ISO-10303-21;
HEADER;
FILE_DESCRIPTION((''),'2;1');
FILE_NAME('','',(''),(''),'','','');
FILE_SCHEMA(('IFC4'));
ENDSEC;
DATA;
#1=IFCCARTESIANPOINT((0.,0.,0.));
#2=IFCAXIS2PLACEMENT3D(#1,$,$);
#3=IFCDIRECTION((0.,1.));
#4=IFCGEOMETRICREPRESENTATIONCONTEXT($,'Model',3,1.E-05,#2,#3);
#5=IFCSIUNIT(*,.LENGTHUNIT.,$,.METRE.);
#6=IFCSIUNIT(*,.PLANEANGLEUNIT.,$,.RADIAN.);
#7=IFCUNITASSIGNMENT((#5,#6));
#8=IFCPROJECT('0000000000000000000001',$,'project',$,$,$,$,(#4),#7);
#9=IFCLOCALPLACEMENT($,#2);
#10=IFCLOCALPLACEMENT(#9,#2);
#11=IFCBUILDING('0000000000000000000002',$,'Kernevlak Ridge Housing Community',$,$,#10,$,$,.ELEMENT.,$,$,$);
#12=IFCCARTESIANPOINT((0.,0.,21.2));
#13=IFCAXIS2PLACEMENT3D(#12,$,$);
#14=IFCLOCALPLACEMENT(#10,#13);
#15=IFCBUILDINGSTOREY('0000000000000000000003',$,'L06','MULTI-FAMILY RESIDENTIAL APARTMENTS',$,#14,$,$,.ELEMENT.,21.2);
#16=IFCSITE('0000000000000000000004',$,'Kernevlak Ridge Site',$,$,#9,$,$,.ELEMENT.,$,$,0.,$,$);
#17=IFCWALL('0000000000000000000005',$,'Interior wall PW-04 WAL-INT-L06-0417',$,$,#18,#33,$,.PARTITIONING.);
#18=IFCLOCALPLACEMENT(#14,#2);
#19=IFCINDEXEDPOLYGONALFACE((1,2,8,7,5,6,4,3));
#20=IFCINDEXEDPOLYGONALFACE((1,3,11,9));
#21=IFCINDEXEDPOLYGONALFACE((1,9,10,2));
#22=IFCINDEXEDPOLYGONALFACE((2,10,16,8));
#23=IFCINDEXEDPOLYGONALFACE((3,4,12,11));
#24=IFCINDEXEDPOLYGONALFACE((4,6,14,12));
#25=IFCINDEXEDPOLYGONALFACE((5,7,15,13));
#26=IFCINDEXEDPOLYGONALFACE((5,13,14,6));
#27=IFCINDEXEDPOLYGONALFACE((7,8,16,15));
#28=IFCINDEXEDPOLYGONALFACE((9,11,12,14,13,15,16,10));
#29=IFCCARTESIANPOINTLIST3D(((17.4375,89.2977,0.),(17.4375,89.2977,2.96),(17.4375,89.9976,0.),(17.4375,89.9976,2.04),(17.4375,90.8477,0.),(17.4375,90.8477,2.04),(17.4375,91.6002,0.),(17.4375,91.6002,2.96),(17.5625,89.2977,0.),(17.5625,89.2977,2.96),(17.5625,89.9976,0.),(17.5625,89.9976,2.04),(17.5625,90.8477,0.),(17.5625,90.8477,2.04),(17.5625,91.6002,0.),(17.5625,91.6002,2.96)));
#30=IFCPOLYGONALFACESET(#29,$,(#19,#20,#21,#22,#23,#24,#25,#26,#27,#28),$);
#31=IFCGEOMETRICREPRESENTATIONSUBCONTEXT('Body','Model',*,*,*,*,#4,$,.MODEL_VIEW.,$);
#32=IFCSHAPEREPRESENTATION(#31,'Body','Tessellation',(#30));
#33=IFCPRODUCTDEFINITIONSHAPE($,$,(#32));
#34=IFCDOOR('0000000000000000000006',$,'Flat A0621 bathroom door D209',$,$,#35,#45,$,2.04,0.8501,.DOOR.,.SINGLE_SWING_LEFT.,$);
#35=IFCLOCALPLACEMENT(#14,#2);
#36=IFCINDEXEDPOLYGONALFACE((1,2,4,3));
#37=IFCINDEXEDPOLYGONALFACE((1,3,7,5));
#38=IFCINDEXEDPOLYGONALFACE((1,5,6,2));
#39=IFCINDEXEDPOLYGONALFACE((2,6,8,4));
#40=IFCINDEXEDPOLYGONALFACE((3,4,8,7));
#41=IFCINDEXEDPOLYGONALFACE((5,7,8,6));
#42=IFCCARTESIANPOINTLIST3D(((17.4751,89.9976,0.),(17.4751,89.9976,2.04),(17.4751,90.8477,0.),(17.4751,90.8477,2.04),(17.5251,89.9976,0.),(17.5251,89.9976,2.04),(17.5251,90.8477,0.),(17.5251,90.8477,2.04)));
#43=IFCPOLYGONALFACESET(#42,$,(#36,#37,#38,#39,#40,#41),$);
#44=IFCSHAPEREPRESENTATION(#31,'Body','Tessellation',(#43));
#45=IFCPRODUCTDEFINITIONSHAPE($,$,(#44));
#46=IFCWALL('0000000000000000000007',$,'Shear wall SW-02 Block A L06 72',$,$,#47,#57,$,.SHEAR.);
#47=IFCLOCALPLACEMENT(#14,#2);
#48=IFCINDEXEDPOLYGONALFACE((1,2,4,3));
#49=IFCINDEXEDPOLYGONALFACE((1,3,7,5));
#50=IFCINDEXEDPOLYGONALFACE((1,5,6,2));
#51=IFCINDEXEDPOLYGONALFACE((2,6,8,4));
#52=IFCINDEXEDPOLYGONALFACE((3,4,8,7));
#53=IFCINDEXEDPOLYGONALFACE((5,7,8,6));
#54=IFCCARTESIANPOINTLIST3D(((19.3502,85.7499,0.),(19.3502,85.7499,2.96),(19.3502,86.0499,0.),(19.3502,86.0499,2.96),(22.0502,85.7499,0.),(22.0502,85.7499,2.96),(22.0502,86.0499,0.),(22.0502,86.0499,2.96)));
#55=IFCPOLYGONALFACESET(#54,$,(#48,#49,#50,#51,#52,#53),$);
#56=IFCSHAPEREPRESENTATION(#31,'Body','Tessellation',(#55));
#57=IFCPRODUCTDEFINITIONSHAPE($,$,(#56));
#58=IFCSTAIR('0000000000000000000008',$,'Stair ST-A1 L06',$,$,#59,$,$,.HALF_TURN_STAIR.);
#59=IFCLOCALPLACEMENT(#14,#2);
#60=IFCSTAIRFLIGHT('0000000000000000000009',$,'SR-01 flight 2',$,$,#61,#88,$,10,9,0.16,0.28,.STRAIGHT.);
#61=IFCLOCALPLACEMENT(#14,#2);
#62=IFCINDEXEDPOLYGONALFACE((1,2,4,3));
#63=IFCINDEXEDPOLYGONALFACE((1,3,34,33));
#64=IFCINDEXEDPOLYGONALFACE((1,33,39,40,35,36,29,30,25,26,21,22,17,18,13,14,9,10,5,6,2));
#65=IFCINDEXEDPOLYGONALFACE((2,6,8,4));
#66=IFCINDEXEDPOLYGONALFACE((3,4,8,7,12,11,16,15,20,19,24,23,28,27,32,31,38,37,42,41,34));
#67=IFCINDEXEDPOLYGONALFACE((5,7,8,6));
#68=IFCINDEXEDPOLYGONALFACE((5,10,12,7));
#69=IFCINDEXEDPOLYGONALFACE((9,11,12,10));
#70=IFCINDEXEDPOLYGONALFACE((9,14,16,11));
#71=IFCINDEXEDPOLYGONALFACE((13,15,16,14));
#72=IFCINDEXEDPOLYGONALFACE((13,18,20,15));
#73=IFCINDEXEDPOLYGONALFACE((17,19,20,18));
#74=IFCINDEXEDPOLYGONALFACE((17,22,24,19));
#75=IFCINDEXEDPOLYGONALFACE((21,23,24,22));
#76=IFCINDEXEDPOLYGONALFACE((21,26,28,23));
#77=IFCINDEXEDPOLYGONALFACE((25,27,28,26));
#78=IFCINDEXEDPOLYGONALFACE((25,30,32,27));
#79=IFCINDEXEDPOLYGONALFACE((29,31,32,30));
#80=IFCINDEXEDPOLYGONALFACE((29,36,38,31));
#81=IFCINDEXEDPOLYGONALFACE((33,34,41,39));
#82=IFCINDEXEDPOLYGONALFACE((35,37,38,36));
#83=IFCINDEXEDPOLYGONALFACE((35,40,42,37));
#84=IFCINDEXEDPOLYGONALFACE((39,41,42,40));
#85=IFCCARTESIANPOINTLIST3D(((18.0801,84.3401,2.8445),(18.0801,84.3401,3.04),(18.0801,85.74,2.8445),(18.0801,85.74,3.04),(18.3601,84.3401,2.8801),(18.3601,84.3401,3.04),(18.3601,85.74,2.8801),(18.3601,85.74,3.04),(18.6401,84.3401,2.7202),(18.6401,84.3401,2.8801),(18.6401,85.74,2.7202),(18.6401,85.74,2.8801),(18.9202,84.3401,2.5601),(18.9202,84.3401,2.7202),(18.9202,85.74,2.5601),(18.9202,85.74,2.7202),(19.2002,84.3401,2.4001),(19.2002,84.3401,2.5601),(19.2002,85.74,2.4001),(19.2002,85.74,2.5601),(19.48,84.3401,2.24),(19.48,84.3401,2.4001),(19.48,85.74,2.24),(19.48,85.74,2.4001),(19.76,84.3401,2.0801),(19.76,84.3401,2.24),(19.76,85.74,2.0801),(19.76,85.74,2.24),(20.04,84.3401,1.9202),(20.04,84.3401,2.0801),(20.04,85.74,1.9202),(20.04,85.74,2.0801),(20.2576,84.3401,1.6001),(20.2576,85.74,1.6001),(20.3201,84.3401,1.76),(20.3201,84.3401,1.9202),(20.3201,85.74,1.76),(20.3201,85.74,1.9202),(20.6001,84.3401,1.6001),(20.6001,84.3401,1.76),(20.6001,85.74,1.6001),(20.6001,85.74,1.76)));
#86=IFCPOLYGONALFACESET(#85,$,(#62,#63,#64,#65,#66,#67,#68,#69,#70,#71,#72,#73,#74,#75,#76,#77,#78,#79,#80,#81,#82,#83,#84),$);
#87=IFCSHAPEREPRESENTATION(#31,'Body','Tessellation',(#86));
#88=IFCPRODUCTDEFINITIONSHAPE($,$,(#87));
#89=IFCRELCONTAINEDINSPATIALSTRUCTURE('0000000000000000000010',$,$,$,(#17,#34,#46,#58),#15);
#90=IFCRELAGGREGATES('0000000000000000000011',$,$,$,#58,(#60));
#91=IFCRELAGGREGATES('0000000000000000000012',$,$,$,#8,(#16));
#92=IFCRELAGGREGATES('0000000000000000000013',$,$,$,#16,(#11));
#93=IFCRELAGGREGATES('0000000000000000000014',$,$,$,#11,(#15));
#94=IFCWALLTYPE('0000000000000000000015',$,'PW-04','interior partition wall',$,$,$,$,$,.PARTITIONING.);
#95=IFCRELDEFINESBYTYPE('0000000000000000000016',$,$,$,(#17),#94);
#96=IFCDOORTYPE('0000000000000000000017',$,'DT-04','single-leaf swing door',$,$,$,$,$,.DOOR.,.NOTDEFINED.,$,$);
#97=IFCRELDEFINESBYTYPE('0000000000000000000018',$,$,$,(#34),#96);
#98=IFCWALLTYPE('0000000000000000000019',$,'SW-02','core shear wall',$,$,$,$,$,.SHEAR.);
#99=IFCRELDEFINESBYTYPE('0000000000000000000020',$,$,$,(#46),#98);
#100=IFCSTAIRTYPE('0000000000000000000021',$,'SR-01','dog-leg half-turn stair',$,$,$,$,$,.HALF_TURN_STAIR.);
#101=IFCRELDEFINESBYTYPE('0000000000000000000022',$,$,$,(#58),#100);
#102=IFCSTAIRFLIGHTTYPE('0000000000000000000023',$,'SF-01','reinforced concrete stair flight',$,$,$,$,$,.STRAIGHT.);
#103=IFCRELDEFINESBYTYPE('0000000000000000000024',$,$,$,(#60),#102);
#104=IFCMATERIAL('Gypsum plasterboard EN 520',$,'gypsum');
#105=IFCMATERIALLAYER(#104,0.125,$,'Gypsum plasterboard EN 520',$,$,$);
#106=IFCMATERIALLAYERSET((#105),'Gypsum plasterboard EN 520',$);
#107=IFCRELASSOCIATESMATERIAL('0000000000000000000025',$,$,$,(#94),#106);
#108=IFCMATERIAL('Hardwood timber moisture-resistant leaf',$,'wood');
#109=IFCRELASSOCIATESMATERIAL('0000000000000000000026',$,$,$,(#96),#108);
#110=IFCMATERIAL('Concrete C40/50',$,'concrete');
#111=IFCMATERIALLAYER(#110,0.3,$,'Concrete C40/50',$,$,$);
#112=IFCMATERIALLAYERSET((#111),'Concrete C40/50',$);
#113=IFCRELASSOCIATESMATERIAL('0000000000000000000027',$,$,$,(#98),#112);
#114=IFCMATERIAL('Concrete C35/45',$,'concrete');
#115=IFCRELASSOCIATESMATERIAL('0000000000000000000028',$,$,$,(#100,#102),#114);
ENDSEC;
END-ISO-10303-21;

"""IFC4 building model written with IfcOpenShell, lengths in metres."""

from ifc_helpers import new_model, si_unit, direction, frame, frame_2d, origin, place, context, subcontext, project, spatial, polyline, rectangle, outline, extrude, material, layer, layer_set, type_object, element, fill, aggregate, save


model = new_model("IFC4")

# Units and contexts
model_context = context("Model", 3, precision=1e-05, world=origin(), true_north=direction((0.0, 1.0)))
body_context = subcontext(model_context, "Body", "Model", "MODEL_VIEW")
ifc_project = project(units=[si_unit("LENGTHUNIT", "METRE"), si_unit("PLANEANGLEUNIT", "RADIAN")], contexts=[model_context])

# Site, building, storey
site_placement = place(None, origin())
site = spatial("IfcSite", under=ifc_project, at=site_placement, Name="Kernevlak Ridge Site", CompositionType="ELEMENT", RefElevation=0.0)
building_placement = place(site_placement, origin())
building = spatial("IfcBuilding", under=site, at=building_placement, Name="Kernevlak Ridge Housing Community", CompositionType="ELEMENT")
storey_placement = place(building_placement, frame((0.0, 0.0, 21.2)))
storey = spatial("IfcBuildingStorey", under=building, at=storey_placement, Name="L06", Description="MULTI-FAMILY RESIDENTIAL APARTMENTS", CompositionType="ELEMENT", Elevation=21.2)

# Shared definitions
ifc_material_1 = material(Name="Concrete C40/50", Category="concrete")

# Shared definitions
ifc_material_2 = material(Name="Concrete C35/45", Category="concrete")

# Wall, opening, door
ifc_material_3 = material(Name="Gypsum plasterboard EN 520", Category="gypsum")
ifc_layer_1 = layer(ifc_material_3, 0.125, Name="Gypsum plasterboard EN 520")
ifc_layer_set_1 = layer_set([ifc_layer_1], Name="Gypsum plasterboard EN 520")
wall_type_1 = type_object("IfcWallType", Name="PW-04", Description="interior partition wall", PredefinedType="PARTITIONING", material=ifc_layer_set_1)
wall_1_placement = place(storey_placement, frame((17.5, 89.2976, 0.0), z_axis=(0.0, 0.0, 1.0), x_axis=(0.0, 1.0, 0.0)))
wall_1 = element("IfcWall", 1, at=wall_1_placement, inside=storey, type_object=wall_type_1, Name="Interior wall PW-04 WAL-INT-L06-0417", PredefinedType="PARTITIONING", context=body_context, shape_type="SweptSolid", body=[
    extrude(rectangle(XDim=2.3025, YDim=0.125, at=frame_2d((1.1514, 0.0))), origin(), (0.0, 0.0, 1.0), 2.96),
])
opening_1_placement = place(wall_1_placement, frame((0.7, 0.0, 0.0)))
opening_1 = element("IfcOpeningElement", 2, at=opening_1_placement, cuts=wall_1, PredefinedType="OPENING", context=body_context, shape_type="SweptSolid", body=[
    extrude(rectangle(XDim=0.8501, YDim=2.04, at=frame_2d((0.425, 1.02))), frame((0.0, 0.0725, 0.0), z_axis=(0.0, -1.0, 0.0), x_axis=(1.0, 0.0, 0.0)), (0.0, 0.0, 1.0), 0.145),
])
ifc_material_4 = material(Name="Hardwood timber moisture-resistant leaf", Category="wood")
door_type_1 = type_object("IfcDoorType", Name="DT-04", Description="single-leaf swing door", OperationType="NOTDEFINED", PredefinedType="DOOR", material=ifc_material_4)
door_1_placement = place(opening_1_placement, origin())
door_1 = element("IfcDoor", 3, at=door_1_placement, inside=storey, type_object=door_type_1, Name="Flat A0621 bathroom door D209", OperationType="SINGLE_SWING_LEFT", OverallHeight=2.04, OverallWidth=0.8501, PredefinedType="DOOR", context=body_context, shape_type="SweptSolid", body=[
    extrude(rectangle(XDim=0.8501, YDim=2.04, at=frame_2d((0.425, 1.02))), frame((0.0, 0.0249, 0.0), z_axis=(0.0, -1.0, 0.0), x_axis=(1.0, 0.0, 0.0)), (0.0, 0.0, 1.0), 0.05),
])
fill(opening_1, door_1)

# Wall
ifc_layer_2 = layer(ifc_material_1, 0.3, Name="Concrete C40/50")
ifc_layer_set_2 = layer_set([ifc_layer_2], Name="Concrete C40/50")
wall_type_2 = type_object("IfcWallType", Name="SW-02", Description="core shear wall", PredefinedType="SHEAR", material=ifc_layer_set_2)
wall_2_placement = place(storey_placement, frame((19.3501, 85.8999, 0.0), z_axis=(0.0, 0.0, 1.0), x_axis=(1.0, 0.0, 0.0)))
element("IfcWall", 4, at=wall_2_placement, inside=storey, type_object=wall_type_2, Name="Shear wall SW-02 Block A L06 72", PredefinedType="SHEAR", context=body_context, shape_type="SweptSolid", body=[
    extrude(rectangle(XDim=2.7, YDim=0.3, at=frame_2d((1.3501, 0.0))), origin(), (0.0, 0.0, 1.0), 2.96),
])

# Stair, stair flight
stair_type = type_object("IfcStairType", Name="SR-01", Description="dog-leg half-turn stair", PredefinedType="HALF_TURN_STAIR", material=ifc_material_2)
stair_placement = place(storey_placement, origin())
stair = element("IfcStair", 5, at=stair_placement, inside=storey, type_object=stair_type, Name="Stair ST-A1 L06", PredefinedType="HALF_TURN_STAIR")
stair_flight_type = type_object("IfcStairFlightType", Name="SF-01", Description="reinforced concrete stair flight", PredefinedType="STRAIGHT", material=ifc_material_2)
stair_flight_placement = place(storey_placement, frame((20.6001, 85.04, 1.6001), z_axis=(0.0, 0.0, 1.0), x_axis=(-1.0, 0.0, 0.0)))
stair_flight = element("IfcStairFlight", 6, at=stair_flight_placement, type_object=stair_flight_type, Name="SR-01 flight 2", NumberOfRisers=10, NumberOfTreads=9, PredefinedType="STRAIGHT", RiserHeight=0.16, TreadLength=0.28, context=body_context, shape_type="SweptSolid", body=[
    extrude(outline(polyline([(0.0, 0.0), (0.0, 0.1599), (0.28, 0.1599), (0.28, 0.3201), (0.5601, 0.3201), (0.5601, 0.48), (0.8401, 0.48), (0.8401, 0.6399), (1.1201, 0.6399), (1.1201, 0.8), (1.3999, 0.8), (1.3999, 0.96), (1.6799, 0.96), (1.6799, 1.1201), (1.96, 1.1201), (1.96, 1.28), (2.24, 1.28), (2.24, 1.4399), (2.52, 1.4399), (2.52, 1.6001), (2.52, 1.2444), (0.3425, 0.0), (0.0, 0.0)])), frame((0.0, 0.7, 0.0), z_axis=(0.0, -1.0, 0.0), x_axis=(1.0, 0.0, 0.0)), (0.0, 0.0, 1.0), 1.3999),
])
aggregate(stair, [stair_flight])

save(model, "model.ifc")
